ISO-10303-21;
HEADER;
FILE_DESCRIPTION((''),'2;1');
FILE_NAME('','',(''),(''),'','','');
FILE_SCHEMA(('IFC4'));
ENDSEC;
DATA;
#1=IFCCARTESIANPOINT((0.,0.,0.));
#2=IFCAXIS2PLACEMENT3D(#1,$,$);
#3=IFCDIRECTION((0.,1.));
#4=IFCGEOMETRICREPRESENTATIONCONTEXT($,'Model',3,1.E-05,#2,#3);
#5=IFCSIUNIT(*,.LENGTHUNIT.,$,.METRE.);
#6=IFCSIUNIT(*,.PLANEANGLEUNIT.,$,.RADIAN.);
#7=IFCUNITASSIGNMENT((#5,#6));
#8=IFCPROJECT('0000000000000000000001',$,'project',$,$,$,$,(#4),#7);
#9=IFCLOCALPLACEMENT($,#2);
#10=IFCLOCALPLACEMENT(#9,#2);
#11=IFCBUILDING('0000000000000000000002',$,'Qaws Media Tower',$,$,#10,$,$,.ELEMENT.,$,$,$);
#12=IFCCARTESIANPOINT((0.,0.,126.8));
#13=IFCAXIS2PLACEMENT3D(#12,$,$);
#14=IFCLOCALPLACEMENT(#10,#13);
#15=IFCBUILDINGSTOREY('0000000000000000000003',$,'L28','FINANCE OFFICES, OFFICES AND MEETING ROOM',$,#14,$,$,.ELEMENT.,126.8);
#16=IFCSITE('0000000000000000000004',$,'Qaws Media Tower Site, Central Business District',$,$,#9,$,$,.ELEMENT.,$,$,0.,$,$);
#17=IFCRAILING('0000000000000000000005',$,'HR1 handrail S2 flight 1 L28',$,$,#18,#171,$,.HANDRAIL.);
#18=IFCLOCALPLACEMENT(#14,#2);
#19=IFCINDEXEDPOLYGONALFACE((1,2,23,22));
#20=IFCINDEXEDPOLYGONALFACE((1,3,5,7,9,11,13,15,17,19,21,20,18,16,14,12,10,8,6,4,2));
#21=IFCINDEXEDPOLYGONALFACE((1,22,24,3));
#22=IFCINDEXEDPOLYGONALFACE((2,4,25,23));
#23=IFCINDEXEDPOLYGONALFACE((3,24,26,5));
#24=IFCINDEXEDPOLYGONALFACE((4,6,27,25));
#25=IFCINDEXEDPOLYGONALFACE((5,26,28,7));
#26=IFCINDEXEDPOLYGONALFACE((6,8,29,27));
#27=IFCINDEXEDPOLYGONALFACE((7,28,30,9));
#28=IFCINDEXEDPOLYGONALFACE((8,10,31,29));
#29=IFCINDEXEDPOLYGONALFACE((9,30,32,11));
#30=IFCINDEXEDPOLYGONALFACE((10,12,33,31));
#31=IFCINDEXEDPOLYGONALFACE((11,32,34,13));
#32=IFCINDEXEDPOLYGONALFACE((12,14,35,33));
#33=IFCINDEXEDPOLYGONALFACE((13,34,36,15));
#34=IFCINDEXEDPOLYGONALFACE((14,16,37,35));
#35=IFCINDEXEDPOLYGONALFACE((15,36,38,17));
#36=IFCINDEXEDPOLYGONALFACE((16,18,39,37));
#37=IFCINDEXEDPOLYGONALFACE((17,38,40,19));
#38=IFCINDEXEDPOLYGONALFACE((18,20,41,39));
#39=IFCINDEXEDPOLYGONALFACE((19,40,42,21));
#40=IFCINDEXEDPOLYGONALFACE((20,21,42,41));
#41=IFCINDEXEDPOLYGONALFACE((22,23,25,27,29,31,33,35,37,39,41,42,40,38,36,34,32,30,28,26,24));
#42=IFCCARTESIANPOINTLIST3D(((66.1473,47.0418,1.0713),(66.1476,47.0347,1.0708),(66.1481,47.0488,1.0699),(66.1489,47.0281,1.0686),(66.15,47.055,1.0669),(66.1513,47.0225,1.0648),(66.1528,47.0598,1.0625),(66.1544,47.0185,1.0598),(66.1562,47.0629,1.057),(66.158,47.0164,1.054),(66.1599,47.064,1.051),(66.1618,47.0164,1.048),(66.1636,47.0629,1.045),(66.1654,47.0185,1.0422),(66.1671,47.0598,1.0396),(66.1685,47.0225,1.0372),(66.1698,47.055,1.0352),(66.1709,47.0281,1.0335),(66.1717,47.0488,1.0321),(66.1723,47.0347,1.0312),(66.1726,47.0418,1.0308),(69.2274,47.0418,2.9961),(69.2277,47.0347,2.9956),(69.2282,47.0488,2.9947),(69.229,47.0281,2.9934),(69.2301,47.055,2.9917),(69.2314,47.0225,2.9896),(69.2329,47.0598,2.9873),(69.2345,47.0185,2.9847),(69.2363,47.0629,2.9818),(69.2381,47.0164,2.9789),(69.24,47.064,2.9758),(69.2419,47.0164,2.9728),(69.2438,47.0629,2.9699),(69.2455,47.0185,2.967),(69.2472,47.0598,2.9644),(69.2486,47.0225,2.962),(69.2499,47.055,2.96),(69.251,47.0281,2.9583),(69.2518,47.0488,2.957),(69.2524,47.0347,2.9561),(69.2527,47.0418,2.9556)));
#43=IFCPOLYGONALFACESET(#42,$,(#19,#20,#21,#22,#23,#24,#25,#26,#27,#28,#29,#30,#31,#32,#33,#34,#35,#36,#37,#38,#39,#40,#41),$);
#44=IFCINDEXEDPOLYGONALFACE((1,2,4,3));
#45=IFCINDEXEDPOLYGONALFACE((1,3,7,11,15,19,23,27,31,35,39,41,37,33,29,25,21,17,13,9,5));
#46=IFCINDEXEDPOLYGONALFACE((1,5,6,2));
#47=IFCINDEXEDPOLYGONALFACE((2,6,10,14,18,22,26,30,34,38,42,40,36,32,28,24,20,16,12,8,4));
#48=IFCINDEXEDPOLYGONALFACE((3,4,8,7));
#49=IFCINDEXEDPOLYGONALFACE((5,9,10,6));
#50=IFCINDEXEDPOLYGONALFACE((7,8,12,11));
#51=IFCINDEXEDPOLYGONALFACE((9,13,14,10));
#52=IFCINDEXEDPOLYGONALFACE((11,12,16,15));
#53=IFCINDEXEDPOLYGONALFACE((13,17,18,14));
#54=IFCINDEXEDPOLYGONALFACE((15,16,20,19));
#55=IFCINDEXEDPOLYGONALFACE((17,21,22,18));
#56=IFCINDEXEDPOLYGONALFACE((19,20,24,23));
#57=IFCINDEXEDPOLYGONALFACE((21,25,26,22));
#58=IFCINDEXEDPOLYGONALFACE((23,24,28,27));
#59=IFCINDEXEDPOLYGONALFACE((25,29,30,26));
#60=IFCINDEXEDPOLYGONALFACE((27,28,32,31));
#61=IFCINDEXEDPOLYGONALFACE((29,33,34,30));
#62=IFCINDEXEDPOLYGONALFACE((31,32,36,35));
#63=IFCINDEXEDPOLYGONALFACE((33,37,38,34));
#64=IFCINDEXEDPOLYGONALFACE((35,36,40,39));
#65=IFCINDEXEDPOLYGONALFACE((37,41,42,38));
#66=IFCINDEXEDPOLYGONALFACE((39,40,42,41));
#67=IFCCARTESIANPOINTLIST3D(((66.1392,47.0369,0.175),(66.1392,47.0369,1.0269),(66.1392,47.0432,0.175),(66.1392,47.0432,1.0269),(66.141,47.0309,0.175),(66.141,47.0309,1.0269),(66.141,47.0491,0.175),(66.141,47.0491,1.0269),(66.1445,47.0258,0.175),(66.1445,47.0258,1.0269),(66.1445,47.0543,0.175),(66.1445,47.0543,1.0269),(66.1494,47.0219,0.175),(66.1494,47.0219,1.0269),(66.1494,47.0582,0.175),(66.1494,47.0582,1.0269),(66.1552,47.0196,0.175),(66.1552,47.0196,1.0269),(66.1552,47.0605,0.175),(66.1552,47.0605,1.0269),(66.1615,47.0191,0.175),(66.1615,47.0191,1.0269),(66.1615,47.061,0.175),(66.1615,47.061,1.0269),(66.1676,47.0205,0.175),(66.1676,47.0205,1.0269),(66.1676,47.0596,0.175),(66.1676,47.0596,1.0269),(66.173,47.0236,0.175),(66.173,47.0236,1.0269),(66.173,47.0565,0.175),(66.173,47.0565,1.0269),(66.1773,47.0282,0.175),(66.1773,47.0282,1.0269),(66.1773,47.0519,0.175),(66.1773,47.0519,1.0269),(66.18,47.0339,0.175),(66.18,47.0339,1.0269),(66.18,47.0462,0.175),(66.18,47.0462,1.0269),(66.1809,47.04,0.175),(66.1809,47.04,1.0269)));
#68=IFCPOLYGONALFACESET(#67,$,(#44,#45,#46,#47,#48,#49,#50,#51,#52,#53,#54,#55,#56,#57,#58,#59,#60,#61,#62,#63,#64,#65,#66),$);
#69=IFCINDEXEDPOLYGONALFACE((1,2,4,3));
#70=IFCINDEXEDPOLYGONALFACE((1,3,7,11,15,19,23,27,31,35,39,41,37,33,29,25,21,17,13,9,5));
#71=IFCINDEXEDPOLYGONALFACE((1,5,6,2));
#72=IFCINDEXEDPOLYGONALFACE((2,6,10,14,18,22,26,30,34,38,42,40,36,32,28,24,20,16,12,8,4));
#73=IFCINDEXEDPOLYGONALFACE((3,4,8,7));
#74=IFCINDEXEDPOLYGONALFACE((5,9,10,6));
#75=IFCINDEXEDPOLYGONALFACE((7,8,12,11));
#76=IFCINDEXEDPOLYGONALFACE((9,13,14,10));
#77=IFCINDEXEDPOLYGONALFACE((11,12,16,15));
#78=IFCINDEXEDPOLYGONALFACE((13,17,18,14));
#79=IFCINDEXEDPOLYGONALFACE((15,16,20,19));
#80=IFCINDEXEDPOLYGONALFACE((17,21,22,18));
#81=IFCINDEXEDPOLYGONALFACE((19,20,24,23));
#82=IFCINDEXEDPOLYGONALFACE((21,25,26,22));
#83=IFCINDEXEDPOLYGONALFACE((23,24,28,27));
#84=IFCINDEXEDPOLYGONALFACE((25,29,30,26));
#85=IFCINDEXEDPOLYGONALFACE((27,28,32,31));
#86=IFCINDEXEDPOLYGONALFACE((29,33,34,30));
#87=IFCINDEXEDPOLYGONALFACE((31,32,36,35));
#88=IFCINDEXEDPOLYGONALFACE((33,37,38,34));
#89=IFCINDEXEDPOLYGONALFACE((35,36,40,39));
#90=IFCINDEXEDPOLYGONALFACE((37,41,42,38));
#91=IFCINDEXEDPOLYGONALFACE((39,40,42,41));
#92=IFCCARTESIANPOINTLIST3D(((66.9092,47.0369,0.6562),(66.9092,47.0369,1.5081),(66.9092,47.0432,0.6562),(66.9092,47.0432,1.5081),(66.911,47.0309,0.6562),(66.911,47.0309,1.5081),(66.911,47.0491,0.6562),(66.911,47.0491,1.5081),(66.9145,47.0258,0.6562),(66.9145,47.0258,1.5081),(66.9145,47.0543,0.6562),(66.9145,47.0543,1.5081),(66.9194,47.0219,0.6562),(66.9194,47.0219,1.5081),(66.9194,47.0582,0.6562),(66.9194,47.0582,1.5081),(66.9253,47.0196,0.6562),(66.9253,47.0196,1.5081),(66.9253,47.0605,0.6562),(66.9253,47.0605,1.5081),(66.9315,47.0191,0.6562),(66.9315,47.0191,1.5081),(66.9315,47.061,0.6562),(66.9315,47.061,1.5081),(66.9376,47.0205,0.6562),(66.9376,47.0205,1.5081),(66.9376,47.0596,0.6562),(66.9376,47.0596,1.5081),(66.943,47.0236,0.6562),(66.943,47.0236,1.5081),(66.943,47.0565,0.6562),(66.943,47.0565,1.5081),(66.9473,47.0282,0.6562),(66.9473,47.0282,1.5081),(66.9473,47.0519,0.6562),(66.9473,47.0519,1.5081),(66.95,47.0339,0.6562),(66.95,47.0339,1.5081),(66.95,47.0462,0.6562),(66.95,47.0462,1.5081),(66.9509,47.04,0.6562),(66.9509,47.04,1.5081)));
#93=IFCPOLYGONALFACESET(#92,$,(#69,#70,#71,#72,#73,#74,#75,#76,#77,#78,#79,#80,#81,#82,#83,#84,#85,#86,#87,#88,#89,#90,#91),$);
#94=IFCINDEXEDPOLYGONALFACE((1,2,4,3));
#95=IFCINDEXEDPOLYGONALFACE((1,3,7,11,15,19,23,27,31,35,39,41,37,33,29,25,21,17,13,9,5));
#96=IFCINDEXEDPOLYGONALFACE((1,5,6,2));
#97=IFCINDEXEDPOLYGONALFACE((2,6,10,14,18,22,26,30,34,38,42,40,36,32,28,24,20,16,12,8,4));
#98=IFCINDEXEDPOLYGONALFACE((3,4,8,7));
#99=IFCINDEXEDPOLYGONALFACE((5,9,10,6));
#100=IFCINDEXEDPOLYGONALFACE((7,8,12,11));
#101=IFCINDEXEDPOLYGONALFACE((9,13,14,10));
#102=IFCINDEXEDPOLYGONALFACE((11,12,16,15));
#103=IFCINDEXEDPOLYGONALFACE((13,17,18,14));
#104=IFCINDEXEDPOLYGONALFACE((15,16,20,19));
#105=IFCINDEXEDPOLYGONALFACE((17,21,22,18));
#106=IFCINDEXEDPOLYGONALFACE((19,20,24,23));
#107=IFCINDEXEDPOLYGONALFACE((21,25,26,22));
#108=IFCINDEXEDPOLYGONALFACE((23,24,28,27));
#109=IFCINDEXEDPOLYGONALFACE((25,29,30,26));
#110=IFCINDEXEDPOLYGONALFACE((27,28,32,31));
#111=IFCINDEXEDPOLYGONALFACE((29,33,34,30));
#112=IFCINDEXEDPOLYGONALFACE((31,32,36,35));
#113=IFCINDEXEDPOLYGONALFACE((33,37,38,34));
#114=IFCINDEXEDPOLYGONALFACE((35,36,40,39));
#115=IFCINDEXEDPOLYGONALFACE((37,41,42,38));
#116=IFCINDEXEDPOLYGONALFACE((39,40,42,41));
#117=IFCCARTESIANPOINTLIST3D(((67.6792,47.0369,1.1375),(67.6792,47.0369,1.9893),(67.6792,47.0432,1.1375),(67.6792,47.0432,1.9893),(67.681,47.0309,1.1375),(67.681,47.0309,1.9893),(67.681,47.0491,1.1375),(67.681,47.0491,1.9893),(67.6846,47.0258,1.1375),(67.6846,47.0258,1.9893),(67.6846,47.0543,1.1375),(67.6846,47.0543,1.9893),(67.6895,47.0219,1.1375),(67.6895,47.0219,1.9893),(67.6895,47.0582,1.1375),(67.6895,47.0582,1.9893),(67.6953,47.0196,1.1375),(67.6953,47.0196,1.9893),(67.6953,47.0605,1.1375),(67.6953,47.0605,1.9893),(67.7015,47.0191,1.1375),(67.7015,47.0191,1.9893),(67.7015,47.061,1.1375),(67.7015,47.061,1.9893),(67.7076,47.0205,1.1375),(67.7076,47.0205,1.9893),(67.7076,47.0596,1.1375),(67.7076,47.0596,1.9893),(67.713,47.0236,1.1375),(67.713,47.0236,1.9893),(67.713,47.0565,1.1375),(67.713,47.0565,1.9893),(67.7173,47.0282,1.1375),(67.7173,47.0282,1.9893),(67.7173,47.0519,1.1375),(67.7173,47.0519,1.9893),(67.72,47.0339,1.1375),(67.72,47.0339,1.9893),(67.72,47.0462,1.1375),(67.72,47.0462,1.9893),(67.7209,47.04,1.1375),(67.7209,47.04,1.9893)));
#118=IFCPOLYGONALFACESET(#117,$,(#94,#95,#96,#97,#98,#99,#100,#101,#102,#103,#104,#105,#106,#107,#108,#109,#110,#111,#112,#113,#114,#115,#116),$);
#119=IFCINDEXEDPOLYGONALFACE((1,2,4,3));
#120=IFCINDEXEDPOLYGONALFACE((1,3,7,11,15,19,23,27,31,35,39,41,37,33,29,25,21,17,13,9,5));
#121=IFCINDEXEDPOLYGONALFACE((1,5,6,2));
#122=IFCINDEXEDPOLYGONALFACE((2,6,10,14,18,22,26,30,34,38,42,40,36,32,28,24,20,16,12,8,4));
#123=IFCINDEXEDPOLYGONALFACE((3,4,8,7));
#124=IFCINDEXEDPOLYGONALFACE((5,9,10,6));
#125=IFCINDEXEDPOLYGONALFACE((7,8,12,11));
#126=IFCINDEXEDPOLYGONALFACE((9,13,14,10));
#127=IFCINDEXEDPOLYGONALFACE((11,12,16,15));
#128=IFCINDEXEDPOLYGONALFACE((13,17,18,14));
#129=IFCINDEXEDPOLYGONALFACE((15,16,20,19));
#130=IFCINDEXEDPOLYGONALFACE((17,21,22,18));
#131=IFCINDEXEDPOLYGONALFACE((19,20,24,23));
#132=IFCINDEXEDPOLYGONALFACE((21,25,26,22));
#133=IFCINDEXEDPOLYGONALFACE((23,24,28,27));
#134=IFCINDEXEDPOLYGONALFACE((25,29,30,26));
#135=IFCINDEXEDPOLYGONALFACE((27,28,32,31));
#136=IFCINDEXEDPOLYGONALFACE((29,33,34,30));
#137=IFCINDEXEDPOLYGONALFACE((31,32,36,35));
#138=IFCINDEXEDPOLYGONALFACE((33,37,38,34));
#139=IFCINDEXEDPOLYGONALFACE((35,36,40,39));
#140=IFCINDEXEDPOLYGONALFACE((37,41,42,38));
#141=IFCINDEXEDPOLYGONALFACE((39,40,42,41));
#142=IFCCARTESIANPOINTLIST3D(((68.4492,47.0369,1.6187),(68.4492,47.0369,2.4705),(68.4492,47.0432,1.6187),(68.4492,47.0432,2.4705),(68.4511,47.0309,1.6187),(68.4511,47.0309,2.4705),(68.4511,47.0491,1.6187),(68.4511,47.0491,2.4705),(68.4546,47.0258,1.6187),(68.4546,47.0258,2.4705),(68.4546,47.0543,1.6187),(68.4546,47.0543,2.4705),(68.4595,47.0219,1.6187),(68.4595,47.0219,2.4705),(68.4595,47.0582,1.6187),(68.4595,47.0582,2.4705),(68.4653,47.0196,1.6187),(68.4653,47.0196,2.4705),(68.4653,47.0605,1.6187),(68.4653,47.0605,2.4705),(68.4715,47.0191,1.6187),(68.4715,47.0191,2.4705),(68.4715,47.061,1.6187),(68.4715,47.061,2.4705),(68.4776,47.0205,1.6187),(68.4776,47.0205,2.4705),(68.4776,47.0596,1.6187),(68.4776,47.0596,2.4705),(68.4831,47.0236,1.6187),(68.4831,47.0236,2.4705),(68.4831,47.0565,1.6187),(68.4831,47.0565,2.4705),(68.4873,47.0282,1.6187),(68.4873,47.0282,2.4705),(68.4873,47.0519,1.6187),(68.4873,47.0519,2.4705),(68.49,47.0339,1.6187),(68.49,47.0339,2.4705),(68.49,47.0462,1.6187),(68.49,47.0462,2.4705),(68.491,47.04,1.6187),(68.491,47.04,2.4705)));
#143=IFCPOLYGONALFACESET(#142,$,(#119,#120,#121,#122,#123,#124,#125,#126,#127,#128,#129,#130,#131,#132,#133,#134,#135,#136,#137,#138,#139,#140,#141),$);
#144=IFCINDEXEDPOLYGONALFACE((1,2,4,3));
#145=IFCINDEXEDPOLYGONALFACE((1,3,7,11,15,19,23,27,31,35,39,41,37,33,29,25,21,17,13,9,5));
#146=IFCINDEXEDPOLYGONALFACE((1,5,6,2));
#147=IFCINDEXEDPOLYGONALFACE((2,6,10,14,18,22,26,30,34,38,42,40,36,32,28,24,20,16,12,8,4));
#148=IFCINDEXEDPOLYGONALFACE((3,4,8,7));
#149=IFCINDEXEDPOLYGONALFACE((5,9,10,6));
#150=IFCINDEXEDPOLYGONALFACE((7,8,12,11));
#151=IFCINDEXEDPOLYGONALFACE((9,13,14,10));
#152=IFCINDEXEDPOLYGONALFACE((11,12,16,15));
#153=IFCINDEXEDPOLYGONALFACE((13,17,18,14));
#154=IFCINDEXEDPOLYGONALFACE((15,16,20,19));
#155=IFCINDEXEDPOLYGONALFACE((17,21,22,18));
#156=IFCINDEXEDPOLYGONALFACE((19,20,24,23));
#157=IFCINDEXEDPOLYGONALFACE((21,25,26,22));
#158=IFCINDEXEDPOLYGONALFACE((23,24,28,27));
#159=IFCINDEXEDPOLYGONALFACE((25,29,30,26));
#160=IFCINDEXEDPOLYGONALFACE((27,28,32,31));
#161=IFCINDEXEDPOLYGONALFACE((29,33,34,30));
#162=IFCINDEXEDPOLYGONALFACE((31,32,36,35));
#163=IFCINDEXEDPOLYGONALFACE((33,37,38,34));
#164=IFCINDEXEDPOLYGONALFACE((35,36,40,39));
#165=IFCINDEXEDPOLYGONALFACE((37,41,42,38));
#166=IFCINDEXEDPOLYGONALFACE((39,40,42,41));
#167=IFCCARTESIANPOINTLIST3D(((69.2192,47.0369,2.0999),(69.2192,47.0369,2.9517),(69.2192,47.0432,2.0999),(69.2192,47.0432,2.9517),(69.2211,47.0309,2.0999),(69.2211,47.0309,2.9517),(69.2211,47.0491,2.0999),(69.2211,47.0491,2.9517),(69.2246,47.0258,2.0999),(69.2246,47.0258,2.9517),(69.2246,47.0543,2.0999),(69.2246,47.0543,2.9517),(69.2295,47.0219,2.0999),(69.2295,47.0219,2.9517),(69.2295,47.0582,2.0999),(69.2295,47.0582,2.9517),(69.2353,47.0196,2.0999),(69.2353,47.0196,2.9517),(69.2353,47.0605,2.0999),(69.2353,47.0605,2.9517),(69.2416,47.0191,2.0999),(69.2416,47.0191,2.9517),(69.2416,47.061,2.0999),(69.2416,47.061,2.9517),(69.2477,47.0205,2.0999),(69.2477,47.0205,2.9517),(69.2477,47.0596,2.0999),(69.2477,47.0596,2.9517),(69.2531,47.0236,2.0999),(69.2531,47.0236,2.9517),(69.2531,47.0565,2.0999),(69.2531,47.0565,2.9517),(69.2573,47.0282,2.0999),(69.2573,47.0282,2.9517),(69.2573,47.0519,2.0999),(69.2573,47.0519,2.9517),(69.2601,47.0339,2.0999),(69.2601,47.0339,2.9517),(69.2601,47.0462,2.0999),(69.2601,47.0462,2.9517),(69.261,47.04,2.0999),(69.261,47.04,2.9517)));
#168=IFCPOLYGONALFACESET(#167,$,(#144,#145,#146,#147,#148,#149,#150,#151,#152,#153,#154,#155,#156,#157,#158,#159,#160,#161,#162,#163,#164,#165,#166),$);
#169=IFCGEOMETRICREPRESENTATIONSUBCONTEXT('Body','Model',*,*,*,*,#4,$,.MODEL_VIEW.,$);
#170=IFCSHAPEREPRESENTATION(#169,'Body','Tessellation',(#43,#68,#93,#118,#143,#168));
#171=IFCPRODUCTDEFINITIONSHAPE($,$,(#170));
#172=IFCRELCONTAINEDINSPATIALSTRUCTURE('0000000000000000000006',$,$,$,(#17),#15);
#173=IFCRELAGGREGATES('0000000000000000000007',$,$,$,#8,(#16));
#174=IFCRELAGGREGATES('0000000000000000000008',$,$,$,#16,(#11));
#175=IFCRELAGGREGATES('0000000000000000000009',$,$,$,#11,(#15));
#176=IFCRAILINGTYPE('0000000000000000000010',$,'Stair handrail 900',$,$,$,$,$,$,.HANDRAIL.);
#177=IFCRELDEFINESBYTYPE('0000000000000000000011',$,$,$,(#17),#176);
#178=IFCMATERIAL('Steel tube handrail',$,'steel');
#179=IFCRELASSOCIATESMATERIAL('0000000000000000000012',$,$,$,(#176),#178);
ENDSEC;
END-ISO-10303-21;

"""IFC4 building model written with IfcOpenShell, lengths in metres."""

from ifc_helpers import new_model, si_unit, direction, frame, origin, origin_2d, place, context, subcontext, project, spatial, circle, extrude, material, type_object, element, save


model = new_model("IFC4")

# Units and contexts
model_context = context("Model", 3, precision=1e-05, world=origin(), true_north=direction((0.0, 1.0)))
body_context = subcontext(model_context, "Body", "Model", "MODEL_VIEW")
ifc_project = project(units=[si_unit("LENGTHUNIT", "METRE"), si_unit("PLANEANGLEUNIT", "RADIAN")], contexts=[model_context])

# Site, building, storey
site_placement = place(None, origin())
site = spatial("IfcSite", under=ifc_project, at=site_placement, Name="Qaws Media Tower Site, Central Business District", CompositionType="ELEMENT", RefElevation=0.0)
building_placement = place(site_placement, origin())
building = spatial("IfcBuilding", under=site, at=building_placement, Name="Qaws Media Tower", CompositionType="ELEMENT")
storey_placement = place(building_placement, frame((0.0, 0.0, 126.8)))
storey = spatial("IfcBuildingStorey", under=building, at=storey_placement, Name="L28", Description="FINANCE OFFICES, OFFICES AND MEETING ROOM", CompositionType="ELEMENT", Elevation=126.8)

# Railing
ifc_material_1 = material(Name="Steel tube handrail", Category="steel")
railing_type = type_object("IfcRailingType", Name="Stair handrail 900", PredefinedType="HANDRAIL", material=ifc_material_1)
for number, where, name in (
    (1, (66.1599, 47.04, 0.175), "HR1 handrail S2 flight 1 L28"),
):
    element("IfcRailing", number, at=place(storey_placement, frame(where)), inside=storey, type_object=railing_type, Name=name, PredefinedType="HANDRAIL", context=body_context, shape_type="SweptSolid", body=[
        extrude(circle(Radius=0.0239, at=origin_2d()), frame((0.0, 0.0, 0.876), z_axis=(0.848029, 0.0, 0.529951), x_axis=(0.0, 1.0, 0.0)), (0.0, 0.0, 1.0), 3.6321),
        extrude(circle(Radius=0.021, at=origin_2d()), origin(), (0.0, 0.0, 1.0), 0.8518),
        extrude(circle(Radius=0.021, at=origin_2d()), frame((0.77, 0.0, 0.4812)), (0.0, 0.0, 1.0), 0.8518),
        extrude(circle(Radius=0.021, at=origin_2d()), frame((1.54, 0.0, 0.9624)), (0.0, 0.0, 1.0), 0.8518),
        extrude(circle(Radius=0.021, at=origin_2d()), frame((2.3101, 0.0, 1.4436)), (0.0, 0.0, 1.0), 0.8518),
        extrude(circle(Radius=0.021, at=origin_2d()), frame((3.0801, 0.0, 1.9248)), (0.0, 0.0, 1.0), 0.8518),
    ])

save(model, "model.ifc")
